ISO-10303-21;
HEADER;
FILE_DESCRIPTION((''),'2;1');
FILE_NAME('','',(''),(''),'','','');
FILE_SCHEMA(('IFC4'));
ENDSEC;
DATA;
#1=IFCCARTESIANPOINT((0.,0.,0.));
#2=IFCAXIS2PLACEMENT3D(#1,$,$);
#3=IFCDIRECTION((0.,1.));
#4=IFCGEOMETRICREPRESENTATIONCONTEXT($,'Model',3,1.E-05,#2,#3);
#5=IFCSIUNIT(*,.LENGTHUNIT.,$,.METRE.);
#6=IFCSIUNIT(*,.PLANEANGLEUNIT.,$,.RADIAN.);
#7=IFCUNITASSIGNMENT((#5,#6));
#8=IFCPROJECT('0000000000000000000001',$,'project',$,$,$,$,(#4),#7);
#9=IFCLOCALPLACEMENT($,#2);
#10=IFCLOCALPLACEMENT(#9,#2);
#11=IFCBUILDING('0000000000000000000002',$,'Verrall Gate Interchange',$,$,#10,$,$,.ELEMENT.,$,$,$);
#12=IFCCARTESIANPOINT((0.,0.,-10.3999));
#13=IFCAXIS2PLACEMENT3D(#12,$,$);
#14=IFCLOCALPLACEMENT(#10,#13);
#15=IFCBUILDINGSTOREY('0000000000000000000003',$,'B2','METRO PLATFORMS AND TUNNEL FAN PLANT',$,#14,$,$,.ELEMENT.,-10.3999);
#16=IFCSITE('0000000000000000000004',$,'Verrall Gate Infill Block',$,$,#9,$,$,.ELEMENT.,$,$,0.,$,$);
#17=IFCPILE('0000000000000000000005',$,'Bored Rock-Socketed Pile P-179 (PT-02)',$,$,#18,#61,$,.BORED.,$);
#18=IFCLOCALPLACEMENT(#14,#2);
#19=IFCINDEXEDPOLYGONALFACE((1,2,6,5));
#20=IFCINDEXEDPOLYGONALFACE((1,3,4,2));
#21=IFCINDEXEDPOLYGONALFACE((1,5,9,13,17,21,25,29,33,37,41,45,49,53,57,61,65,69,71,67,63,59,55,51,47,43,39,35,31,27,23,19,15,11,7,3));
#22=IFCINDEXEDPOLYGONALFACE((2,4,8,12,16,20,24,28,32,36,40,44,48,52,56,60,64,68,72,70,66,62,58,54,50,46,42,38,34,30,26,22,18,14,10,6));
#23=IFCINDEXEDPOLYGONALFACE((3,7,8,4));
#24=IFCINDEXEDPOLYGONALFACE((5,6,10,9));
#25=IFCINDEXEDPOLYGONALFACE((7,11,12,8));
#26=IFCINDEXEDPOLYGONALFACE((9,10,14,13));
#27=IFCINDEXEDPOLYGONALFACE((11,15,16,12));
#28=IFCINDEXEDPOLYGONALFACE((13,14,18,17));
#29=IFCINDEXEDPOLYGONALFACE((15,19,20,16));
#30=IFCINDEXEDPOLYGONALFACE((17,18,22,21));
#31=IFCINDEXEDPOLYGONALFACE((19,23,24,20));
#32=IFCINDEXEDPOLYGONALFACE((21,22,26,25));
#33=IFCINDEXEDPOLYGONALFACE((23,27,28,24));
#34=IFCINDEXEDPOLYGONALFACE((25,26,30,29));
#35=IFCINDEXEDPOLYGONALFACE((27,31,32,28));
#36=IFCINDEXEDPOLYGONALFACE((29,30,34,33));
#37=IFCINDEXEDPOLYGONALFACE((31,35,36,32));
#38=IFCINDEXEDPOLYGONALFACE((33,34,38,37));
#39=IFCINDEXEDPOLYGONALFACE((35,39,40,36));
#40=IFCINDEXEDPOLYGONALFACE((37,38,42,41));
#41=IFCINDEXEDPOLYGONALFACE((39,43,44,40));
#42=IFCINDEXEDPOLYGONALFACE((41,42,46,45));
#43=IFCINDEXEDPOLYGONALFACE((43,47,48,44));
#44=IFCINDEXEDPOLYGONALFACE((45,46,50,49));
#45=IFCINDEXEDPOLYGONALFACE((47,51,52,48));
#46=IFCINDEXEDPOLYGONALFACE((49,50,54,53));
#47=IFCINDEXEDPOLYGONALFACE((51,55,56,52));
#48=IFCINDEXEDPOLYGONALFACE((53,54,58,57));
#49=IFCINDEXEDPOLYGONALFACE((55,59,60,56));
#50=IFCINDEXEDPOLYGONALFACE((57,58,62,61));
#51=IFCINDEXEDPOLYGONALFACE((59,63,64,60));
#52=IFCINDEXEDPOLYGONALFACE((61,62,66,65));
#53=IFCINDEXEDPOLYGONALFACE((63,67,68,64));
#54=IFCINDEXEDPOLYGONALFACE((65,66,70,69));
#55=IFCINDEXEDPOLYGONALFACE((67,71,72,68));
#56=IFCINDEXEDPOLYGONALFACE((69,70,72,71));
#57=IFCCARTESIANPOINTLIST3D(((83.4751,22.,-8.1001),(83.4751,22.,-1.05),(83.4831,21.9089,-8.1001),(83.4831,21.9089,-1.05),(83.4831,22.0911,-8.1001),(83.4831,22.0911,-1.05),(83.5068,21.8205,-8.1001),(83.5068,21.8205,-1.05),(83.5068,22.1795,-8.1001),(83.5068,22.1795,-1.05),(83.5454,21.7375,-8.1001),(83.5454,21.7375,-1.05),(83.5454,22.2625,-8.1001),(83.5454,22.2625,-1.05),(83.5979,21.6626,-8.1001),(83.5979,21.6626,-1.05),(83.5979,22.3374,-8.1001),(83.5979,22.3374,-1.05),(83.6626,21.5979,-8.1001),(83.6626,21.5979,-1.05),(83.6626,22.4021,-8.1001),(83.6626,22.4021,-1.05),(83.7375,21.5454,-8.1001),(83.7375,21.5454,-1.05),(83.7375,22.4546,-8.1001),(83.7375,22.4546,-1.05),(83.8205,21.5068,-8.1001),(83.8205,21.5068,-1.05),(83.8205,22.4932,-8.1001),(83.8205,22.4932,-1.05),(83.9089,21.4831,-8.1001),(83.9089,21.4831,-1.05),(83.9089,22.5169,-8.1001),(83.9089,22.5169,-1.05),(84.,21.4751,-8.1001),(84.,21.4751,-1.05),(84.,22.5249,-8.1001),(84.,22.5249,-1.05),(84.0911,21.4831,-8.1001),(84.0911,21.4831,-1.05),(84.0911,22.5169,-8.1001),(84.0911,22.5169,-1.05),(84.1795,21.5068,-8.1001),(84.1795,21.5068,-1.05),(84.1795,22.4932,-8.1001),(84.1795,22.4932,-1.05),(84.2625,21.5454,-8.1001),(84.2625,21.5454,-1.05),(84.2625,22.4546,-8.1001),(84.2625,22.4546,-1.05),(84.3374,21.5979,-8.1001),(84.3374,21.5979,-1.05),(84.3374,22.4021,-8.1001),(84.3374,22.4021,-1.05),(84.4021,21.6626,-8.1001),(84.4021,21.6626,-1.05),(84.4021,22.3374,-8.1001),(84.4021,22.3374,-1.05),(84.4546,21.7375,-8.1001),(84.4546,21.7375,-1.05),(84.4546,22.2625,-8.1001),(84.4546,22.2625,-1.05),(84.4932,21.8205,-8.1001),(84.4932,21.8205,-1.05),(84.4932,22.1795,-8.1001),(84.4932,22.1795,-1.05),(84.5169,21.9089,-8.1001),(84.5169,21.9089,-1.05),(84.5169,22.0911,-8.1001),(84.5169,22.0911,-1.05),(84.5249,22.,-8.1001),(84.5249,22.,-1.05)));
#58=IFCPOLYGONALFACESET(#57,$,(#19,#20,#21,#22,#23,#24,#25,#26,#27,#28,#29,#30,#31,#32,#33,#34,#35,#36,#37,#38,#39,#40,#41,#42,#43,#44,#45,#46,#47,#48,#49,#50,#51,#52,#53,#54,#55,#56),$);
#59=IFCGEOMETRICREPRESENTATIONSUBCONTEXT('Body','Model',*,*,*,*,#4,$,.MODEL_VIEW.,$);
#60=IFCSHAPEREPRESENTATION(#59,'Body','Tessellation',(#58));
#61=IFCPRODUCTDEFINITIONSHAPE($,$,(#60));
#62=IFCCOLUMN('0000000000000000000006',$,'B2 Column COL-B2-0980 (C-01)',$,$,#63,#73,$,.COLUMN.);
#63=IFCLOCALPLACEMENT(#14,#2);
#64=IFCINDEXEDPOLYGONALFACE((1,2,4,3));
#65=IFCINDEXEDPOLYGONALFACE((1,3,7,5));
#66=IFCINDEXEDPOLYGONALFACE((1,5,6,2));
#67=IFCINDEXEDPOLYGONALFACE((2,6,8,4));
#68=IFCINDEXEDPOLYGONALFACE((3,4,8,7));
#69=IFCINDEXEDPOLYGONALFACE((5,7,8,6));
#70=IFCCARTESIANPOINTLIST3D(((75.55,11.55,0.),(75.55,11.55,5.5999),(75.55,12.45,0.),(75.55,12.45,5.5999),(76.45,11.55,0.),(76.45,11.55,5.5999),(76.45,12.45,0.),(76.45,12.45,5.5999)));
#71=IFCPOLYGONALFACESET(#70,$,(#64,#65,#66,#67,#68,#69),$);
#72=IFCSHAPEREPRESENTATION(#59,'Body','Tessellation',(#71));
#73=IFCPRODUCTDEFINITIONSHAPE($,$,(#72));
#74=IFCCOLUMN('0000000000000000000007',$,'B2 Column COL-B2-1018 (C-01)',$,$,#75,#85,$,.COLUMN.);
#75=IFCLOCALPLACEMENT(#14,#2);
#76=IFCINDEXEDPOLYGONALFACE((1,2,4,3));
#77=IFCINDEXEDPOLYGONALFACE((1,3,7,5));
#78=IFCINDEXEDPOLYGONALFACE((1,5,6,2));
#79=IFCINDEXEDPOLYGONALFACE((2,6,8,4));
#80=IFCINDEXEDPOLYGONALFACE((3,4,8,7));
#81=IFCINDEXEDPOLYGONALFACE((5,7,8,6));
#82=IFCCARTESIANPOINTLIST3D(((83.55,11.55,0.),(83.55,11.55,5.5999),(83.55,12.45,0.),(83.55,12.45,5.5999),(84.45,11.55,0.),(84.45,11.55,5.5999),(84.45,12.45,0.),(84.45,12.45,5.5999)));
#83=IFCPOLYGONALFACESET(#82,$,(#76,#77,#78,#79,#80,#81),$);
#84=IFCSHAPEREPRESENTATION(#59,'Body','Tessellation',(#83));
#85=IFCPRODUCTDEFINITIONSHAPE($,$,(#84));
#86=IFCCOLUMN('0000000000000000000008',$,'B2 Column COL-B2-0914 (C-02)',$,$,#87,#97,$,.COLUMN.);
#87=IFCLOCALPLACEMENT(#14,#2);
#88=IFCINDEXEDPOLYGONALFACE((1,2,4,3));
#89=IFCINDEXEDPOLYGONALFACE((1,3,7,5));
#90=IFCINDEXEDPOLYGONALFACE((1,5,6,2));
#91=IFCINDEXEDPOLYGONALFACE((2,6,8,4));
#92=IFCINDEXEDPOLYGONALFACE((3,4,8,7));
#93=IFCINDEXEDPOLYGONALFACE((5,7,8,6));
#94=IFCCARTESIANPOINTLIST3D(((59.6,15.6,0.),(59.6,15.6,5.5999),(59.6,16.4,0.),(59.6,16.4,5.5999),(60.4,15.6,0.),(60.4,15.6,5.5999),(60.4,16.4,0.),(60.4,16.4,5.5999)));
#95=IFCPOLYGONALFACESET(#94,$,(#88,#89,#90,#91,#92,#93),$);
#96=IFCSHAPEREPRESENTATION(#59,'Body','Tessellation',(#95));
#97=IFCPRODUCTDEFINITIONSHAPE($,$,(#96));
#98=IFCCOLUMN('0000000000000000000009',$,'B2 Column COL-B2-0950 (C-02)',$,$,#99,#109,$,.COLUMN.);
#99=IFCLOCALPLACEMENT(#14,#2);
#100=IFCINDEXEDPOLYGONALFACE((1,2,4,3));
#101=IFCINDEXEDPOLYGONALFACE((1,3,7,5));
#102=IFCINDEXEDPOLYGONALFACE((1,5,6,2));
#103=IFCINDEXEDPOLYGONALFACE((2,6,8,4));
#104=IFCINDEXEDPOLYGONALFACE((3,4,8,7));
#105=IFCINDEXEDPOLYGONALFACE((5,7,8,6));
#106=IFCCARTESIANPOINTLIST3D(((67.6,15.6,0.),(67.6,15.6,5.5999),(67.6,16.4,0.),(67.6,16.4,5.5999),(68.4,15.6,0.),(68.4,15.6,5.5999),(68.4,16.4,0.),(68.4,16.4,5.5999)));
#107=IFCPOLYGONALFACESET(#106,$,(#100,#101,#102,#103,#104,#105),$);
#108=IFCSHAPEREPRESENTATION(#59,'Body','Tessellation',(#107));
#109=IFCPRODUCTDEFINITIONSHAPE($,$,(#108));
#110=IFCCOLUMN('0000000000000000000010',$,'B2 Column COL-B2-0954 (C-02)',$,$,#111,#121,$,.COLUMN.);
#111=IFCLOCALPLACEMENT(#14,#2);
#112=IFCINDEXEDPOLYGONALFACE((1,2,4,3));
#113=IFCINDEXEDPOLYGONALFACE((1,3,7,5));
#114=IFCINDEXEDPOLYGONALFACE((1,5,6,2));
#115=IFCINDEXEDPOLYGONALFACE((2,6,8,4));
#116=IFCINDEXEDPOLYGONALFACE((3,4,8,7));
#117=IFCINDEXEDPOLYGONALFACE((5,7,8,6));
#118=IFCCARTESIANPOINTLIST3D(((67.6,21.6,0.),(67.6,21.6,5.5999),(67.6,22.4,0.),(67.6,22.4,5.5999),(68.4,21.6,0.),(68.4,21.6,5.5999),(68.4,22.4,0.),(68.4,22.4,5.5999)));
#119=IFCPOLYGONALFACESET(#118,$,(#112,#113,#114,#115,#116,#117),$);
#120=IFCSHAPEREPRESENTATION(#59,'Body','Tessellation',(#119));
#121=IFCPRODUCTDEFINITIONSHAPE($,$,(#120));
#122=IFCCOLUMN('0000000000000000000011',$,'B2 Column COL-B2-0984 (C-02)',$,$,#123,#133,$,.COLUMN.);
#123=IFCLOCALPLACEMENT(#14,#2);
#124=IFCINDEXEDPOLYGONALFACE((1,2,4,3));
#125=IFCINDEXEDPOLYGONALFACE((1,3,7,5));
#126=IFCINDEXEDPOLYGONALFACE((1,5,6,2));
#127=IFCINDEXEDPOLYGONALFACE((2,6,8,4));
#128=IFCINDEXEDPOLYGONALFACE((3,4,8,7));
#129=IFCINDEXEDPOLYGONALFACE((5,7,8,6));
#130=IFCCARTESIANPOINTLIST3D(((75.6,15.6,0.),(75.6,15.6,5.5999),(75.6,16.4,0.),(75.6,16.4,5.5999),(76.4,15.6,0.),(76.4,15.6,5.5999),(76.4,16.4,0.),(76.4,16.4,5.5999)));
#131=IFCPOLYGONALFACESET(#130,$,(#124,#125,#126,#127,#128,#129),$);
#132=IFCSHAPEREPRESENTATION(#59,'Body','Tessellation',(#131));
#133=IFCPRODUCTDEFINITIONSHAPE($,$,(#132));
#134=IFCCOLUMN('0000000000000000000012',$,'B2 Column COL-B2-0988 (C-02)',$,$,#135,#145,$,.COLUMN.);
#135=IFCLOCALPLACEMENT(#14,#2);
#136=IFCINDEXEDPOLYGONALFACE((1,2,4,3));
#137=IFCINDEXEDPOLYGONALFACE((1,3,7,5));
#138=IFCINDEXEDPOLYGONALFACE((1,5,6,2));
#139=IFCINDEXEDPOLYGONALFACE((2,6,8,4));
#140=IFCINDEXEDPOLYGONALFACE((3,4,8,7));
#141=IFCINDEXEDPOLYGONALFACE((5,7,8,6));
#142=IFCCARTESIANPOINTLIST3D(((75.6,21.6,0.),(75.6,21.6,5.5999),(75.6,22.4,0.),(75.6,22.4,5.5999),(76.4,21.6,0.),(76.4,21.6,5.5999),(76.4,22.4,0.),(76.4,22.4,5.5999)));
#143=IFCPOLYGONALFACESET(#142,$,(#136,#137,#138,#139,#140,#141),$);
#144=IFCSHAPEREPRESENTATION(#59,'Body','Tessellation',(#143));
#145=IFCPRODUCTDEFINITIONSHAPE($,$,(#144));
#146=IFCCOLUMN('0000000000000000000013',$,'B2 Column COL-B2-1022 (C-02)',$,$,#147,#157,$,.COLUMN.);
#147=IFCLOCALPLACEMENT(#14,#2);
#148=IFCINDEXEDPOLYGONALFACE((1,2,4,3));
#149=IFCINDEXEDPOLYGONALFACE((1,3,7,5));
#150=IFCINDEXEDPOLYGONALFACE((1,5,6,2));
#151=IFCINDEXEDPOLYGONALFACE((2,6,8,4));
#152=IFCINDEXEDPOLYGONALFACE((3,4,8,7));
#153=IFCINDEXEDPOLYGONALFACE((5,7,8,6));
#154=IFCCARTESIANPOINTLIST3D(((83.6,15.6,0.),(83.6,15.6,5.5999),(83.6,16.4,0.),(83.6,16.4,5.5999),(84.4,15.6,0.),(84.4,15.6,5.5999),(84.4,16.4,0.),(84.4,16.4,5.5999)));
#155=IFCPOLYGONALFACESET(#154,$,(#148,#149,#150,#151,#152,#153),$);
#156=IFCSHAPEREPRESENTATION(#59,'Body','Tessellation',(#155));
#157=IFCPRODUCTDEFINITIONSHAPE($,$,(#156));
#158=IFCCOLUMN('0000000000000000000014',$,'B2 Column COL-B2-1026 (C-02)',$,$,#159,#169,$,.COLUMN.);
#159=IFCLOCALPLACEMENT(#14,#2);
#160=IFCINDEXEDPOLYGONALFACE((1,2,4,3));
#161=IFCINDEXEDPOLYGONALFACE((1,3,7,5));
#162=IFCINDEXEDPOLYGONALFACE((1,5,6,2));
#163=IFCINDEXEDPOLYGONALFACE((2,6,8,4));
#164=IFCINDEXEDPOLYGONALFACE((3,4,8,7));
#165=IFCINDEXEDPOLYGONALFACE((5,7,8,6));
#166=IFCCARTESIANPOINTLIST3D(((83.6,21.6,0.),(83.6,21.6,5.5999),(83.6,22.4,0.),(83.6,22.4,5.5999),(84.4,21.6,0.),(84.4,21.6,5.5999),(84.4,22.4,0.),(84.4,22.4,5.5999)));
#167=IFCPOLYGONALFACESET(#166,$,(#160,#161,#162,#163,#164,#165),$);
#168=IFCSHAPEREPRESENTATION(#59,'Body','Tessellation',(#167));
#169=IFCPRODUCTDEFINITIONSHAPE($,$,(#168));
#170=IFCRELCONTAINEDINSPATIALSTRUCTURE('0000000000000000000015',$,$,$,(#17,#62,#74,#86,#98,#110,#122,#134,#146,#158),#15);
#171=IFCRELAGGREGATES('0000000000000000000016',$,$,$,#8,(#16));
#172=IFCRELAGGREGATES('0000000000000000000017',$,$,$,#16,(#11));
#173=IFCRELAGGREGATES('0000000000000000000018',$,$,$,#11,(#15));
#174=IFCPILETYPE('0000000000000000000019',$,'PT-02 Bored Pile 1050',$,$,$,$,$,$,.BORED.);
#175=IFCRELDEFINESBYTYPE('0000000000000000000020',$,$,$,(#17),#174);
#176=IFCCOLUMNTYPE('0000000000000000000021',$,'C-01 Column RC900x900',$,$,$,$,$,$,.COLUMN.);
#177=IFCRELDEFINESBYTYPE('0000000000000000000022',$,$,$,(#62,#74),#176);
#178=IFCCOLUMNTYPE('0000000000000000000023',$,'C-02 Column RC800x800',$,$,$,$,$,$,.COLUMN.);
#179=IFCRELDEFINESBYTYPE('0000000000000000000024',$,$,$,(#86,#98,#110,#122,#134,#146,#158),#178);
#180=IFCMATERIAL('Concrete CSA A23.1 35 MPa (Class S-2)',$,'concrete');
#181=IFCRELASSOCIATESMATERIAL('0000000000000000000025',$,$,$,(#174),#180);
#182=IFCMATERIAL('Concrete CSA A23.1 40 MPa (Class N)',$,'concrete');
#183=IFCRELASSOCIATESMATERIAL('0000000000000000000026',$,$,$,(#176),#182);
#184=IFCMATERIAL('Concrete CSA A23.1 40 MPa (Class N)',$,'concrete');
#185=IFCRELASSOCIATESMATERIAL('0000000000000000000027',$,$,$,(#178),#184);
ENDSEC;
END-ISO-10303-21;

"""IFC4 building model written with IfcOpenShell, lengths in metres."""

from ifc_helpers import new_model, si_unit, direction, frame, origin, origin_2d, place, context, subcontext, project, spatial, rectangle, circle, extrude, material, material_profile, profile_set, type_object, element, save


model = new_model("IFC4")

# Units and contexts
model_context = context("Model", 3, precision=1e-05, world=origin(), true_north=direction((0.0, 1.0)))
body_context = subcontext(model_context, "Body", "Model", "MODEL_VIEW")
ifc_project = project(units=[si_unit("LENGTHUNIT", "METRE"), si_unit("PLANEANGLEUNIT", "RADIAN")], contexts=[model_context])

# Site, building, storey
site_placement = place(None, origin())
site = spatial("IfcSite", under=ifc_project, at=site_placement, Name="Verrall Gate Infill Block", CompositionType="ELEMENT", RefElevation=0.0)
building_placement = place(site_placement, origin())
building = spatial("IfcBuilding", under=site, at=building_placement, Name="Verrall Gate Interchange", CompositionType="ELEMENT")
storey_placement = place(building_placement, frame((0.0, 0.0, -10.3999)))
storey = spatial("IfcBuildingStorey", under=building, at=storey_placement, Name="B2", Description="METRO PLATFORMS AND TUNNEL FAN PLANT", CompositionType="ELEMENT", Elevation=-10.3999)

# Pile
ifc_material_1 = material(Name="Concrete CSA A23.1 35 MPa (Class S-2)", Category="concrete")
ifc_material_profile_1 = material_profile(ifc_material_1, circle(Radius=0.5249, at=origin_2d()), Name="PILE1050D")
ifc_profile_set_1 = profile_set([ifc_material_profile_1], Name="Concrete CSA A23.1 35 MPa (Class S-2)")
pile_type_1 = type_object("IfcPileType", Name="PT-02 Bored Pile 1050", PredefinedType="BORED", material=ifc_profile_set_1)
for number, where, z_axis, x_axis, name in (
    (1, (84.0, 22.0, -1.05), (0.0, 0.0, -1.0), (1.0, 0.0, 0.0), "Bored Rock-Socketed Pile P-179 (PT-02)"),
):
    element("IfcPile", number, at=place(storey_placement, frame(where, z_axis=z_axis, x_axis=x_axis)), inside=storey, type_object=pile_type_1, Name=name, PredefinedType="BORED", context=body_context, shape_type="SweptSolid", body=[
        extrude(circle(Radius=0.5249, at=origin_2d()), origin(), (0.0, 0.0, 1.0), 7.05),
    ])

# Columns
ifc_material_2 = material(Name="Concrete CSA A23.1 40 MPa (Class N)", Category="concrete")
ifc_material_profile_2 = material_profile(ifc_material_2, rectangle(XDim=0.8999, YDim=0.8999, at=origin_2d()), Name="RC900x900")
ifc_profile_set_2 = profile_set([ifc_material_profile_2], Name="Concrete CSA A23.1 40 MPa (Class N)")
column_type_1 = type_object("IfcColumnType", Name="C-01 Column RC900x900", PredefinedType="COLUMN", material=ifc_profile_set_2)
for number, where, z_axis, x_axis, name in (
    (2, (76.0, 12.0, 0.0), (0.0, 0.0, 1.0), (1.0, 0.0, 0.0), "B2 Column COL-B2-0980 (C-01)"),
    (3, (84.0, 12.0, 0.0), (0.0, 0.0, 1.0), (1.0, 0.0, 0.0), "B2 Column COL-B2-1018 (C-01)"),
):
    element("IfcColumn", number, at=place(storey_placement, frame(where, z_axis=z_axis, x_axis=x_axis)), inside=storey, type_object=column_type_1, Name=name, PredefinedType="COLUMN", context=body_context, shape_type="SweptSolid", body=[
        extrude(rectangle(XDim=0.8999, YDim=0.8999, at=origin_2d()), origin(), (0.0, 0.0, 1.0), 5.5999),
    ])
ifc_material_3 = material(Name="Concrete CSA A23.1 40 MPa (Class N)", Category="concrete")
ifc_material_profile_3 = material_profile(ifc_material_3, rectangle(XDim=0.8, YDim=0.8, at=origin_2d()), Name="RC800x800")
ifc_profile_set_3 = profile_set([ifc_material_profile_3], Name="Concrete CSA A23.1 40 MPa (Class N)")
column_type_2 = type_object("IfcColumnType", Name="C-02 Column RC800x800", PredefinedType="COLUMN", material=ifc_profile_set_3)
for number, where, z_axis, x_axis, name in (
    (4, (60.0, 16.0, 0.0), (0.0, 0.0, 1.0), (1.0, 0.0, 0.0), "B2 Column COL-B2-0914 (C-02)"),
    (5, (68.0, 16.0, 0.0), (0.0, 0.0, 1.0), (1.0, 0.0, 0.0), "B2 Column COL-B2-0950 (C-02)"),
    (6, (68.0, 22.0, 0.0), (0.0, 0.0, 1.0), (1.0, 0.0, 0.0), "B2 Column COL-B2-0954 (C-02)"),
    (7, (76.0, 16.0, 0.0), (0.0, 0.0, 1.0), (1.0, 0.0, 0.0), "B2 Column COL-B2-0984 (C-02)"),
    (8, (76.0, 22.0, 0.0), (0.0, 0.0, 1.0), (1.0, 0.0, 0.0), "B2 Column COL-B2-0988 (C-02)"),
    (9, (84.0, 16.0, 0.0), (0.0, 0.0, 1.0), (1.0, 0.0, 0.0), "B2 Column COL-B2-1022 (C-02)"),
    (10, (84.0, 22.0, 0.0), (0.0, 0.0, 1.0), (1.0, 0.0, 0.0), "B2 Column COL-B2-1026 (C-02)"),
):
    element("IfcColumn", number, at=place(storey_placement, frame(where, z_axis=z_axis, x_axis=x_axis)), inside=storey, type_object=column_type_2, Name=name, PredefinedType="COLUMN", context=body_context, shape_type="SweptSolid", body=[
        extrude(rectangle(XDim=0.8, YDim=0.8, at=origin_2d()), origin(), (0.0, 0.0, 1.0), 5.5999),
    ])

save(model, "model.ifc")
